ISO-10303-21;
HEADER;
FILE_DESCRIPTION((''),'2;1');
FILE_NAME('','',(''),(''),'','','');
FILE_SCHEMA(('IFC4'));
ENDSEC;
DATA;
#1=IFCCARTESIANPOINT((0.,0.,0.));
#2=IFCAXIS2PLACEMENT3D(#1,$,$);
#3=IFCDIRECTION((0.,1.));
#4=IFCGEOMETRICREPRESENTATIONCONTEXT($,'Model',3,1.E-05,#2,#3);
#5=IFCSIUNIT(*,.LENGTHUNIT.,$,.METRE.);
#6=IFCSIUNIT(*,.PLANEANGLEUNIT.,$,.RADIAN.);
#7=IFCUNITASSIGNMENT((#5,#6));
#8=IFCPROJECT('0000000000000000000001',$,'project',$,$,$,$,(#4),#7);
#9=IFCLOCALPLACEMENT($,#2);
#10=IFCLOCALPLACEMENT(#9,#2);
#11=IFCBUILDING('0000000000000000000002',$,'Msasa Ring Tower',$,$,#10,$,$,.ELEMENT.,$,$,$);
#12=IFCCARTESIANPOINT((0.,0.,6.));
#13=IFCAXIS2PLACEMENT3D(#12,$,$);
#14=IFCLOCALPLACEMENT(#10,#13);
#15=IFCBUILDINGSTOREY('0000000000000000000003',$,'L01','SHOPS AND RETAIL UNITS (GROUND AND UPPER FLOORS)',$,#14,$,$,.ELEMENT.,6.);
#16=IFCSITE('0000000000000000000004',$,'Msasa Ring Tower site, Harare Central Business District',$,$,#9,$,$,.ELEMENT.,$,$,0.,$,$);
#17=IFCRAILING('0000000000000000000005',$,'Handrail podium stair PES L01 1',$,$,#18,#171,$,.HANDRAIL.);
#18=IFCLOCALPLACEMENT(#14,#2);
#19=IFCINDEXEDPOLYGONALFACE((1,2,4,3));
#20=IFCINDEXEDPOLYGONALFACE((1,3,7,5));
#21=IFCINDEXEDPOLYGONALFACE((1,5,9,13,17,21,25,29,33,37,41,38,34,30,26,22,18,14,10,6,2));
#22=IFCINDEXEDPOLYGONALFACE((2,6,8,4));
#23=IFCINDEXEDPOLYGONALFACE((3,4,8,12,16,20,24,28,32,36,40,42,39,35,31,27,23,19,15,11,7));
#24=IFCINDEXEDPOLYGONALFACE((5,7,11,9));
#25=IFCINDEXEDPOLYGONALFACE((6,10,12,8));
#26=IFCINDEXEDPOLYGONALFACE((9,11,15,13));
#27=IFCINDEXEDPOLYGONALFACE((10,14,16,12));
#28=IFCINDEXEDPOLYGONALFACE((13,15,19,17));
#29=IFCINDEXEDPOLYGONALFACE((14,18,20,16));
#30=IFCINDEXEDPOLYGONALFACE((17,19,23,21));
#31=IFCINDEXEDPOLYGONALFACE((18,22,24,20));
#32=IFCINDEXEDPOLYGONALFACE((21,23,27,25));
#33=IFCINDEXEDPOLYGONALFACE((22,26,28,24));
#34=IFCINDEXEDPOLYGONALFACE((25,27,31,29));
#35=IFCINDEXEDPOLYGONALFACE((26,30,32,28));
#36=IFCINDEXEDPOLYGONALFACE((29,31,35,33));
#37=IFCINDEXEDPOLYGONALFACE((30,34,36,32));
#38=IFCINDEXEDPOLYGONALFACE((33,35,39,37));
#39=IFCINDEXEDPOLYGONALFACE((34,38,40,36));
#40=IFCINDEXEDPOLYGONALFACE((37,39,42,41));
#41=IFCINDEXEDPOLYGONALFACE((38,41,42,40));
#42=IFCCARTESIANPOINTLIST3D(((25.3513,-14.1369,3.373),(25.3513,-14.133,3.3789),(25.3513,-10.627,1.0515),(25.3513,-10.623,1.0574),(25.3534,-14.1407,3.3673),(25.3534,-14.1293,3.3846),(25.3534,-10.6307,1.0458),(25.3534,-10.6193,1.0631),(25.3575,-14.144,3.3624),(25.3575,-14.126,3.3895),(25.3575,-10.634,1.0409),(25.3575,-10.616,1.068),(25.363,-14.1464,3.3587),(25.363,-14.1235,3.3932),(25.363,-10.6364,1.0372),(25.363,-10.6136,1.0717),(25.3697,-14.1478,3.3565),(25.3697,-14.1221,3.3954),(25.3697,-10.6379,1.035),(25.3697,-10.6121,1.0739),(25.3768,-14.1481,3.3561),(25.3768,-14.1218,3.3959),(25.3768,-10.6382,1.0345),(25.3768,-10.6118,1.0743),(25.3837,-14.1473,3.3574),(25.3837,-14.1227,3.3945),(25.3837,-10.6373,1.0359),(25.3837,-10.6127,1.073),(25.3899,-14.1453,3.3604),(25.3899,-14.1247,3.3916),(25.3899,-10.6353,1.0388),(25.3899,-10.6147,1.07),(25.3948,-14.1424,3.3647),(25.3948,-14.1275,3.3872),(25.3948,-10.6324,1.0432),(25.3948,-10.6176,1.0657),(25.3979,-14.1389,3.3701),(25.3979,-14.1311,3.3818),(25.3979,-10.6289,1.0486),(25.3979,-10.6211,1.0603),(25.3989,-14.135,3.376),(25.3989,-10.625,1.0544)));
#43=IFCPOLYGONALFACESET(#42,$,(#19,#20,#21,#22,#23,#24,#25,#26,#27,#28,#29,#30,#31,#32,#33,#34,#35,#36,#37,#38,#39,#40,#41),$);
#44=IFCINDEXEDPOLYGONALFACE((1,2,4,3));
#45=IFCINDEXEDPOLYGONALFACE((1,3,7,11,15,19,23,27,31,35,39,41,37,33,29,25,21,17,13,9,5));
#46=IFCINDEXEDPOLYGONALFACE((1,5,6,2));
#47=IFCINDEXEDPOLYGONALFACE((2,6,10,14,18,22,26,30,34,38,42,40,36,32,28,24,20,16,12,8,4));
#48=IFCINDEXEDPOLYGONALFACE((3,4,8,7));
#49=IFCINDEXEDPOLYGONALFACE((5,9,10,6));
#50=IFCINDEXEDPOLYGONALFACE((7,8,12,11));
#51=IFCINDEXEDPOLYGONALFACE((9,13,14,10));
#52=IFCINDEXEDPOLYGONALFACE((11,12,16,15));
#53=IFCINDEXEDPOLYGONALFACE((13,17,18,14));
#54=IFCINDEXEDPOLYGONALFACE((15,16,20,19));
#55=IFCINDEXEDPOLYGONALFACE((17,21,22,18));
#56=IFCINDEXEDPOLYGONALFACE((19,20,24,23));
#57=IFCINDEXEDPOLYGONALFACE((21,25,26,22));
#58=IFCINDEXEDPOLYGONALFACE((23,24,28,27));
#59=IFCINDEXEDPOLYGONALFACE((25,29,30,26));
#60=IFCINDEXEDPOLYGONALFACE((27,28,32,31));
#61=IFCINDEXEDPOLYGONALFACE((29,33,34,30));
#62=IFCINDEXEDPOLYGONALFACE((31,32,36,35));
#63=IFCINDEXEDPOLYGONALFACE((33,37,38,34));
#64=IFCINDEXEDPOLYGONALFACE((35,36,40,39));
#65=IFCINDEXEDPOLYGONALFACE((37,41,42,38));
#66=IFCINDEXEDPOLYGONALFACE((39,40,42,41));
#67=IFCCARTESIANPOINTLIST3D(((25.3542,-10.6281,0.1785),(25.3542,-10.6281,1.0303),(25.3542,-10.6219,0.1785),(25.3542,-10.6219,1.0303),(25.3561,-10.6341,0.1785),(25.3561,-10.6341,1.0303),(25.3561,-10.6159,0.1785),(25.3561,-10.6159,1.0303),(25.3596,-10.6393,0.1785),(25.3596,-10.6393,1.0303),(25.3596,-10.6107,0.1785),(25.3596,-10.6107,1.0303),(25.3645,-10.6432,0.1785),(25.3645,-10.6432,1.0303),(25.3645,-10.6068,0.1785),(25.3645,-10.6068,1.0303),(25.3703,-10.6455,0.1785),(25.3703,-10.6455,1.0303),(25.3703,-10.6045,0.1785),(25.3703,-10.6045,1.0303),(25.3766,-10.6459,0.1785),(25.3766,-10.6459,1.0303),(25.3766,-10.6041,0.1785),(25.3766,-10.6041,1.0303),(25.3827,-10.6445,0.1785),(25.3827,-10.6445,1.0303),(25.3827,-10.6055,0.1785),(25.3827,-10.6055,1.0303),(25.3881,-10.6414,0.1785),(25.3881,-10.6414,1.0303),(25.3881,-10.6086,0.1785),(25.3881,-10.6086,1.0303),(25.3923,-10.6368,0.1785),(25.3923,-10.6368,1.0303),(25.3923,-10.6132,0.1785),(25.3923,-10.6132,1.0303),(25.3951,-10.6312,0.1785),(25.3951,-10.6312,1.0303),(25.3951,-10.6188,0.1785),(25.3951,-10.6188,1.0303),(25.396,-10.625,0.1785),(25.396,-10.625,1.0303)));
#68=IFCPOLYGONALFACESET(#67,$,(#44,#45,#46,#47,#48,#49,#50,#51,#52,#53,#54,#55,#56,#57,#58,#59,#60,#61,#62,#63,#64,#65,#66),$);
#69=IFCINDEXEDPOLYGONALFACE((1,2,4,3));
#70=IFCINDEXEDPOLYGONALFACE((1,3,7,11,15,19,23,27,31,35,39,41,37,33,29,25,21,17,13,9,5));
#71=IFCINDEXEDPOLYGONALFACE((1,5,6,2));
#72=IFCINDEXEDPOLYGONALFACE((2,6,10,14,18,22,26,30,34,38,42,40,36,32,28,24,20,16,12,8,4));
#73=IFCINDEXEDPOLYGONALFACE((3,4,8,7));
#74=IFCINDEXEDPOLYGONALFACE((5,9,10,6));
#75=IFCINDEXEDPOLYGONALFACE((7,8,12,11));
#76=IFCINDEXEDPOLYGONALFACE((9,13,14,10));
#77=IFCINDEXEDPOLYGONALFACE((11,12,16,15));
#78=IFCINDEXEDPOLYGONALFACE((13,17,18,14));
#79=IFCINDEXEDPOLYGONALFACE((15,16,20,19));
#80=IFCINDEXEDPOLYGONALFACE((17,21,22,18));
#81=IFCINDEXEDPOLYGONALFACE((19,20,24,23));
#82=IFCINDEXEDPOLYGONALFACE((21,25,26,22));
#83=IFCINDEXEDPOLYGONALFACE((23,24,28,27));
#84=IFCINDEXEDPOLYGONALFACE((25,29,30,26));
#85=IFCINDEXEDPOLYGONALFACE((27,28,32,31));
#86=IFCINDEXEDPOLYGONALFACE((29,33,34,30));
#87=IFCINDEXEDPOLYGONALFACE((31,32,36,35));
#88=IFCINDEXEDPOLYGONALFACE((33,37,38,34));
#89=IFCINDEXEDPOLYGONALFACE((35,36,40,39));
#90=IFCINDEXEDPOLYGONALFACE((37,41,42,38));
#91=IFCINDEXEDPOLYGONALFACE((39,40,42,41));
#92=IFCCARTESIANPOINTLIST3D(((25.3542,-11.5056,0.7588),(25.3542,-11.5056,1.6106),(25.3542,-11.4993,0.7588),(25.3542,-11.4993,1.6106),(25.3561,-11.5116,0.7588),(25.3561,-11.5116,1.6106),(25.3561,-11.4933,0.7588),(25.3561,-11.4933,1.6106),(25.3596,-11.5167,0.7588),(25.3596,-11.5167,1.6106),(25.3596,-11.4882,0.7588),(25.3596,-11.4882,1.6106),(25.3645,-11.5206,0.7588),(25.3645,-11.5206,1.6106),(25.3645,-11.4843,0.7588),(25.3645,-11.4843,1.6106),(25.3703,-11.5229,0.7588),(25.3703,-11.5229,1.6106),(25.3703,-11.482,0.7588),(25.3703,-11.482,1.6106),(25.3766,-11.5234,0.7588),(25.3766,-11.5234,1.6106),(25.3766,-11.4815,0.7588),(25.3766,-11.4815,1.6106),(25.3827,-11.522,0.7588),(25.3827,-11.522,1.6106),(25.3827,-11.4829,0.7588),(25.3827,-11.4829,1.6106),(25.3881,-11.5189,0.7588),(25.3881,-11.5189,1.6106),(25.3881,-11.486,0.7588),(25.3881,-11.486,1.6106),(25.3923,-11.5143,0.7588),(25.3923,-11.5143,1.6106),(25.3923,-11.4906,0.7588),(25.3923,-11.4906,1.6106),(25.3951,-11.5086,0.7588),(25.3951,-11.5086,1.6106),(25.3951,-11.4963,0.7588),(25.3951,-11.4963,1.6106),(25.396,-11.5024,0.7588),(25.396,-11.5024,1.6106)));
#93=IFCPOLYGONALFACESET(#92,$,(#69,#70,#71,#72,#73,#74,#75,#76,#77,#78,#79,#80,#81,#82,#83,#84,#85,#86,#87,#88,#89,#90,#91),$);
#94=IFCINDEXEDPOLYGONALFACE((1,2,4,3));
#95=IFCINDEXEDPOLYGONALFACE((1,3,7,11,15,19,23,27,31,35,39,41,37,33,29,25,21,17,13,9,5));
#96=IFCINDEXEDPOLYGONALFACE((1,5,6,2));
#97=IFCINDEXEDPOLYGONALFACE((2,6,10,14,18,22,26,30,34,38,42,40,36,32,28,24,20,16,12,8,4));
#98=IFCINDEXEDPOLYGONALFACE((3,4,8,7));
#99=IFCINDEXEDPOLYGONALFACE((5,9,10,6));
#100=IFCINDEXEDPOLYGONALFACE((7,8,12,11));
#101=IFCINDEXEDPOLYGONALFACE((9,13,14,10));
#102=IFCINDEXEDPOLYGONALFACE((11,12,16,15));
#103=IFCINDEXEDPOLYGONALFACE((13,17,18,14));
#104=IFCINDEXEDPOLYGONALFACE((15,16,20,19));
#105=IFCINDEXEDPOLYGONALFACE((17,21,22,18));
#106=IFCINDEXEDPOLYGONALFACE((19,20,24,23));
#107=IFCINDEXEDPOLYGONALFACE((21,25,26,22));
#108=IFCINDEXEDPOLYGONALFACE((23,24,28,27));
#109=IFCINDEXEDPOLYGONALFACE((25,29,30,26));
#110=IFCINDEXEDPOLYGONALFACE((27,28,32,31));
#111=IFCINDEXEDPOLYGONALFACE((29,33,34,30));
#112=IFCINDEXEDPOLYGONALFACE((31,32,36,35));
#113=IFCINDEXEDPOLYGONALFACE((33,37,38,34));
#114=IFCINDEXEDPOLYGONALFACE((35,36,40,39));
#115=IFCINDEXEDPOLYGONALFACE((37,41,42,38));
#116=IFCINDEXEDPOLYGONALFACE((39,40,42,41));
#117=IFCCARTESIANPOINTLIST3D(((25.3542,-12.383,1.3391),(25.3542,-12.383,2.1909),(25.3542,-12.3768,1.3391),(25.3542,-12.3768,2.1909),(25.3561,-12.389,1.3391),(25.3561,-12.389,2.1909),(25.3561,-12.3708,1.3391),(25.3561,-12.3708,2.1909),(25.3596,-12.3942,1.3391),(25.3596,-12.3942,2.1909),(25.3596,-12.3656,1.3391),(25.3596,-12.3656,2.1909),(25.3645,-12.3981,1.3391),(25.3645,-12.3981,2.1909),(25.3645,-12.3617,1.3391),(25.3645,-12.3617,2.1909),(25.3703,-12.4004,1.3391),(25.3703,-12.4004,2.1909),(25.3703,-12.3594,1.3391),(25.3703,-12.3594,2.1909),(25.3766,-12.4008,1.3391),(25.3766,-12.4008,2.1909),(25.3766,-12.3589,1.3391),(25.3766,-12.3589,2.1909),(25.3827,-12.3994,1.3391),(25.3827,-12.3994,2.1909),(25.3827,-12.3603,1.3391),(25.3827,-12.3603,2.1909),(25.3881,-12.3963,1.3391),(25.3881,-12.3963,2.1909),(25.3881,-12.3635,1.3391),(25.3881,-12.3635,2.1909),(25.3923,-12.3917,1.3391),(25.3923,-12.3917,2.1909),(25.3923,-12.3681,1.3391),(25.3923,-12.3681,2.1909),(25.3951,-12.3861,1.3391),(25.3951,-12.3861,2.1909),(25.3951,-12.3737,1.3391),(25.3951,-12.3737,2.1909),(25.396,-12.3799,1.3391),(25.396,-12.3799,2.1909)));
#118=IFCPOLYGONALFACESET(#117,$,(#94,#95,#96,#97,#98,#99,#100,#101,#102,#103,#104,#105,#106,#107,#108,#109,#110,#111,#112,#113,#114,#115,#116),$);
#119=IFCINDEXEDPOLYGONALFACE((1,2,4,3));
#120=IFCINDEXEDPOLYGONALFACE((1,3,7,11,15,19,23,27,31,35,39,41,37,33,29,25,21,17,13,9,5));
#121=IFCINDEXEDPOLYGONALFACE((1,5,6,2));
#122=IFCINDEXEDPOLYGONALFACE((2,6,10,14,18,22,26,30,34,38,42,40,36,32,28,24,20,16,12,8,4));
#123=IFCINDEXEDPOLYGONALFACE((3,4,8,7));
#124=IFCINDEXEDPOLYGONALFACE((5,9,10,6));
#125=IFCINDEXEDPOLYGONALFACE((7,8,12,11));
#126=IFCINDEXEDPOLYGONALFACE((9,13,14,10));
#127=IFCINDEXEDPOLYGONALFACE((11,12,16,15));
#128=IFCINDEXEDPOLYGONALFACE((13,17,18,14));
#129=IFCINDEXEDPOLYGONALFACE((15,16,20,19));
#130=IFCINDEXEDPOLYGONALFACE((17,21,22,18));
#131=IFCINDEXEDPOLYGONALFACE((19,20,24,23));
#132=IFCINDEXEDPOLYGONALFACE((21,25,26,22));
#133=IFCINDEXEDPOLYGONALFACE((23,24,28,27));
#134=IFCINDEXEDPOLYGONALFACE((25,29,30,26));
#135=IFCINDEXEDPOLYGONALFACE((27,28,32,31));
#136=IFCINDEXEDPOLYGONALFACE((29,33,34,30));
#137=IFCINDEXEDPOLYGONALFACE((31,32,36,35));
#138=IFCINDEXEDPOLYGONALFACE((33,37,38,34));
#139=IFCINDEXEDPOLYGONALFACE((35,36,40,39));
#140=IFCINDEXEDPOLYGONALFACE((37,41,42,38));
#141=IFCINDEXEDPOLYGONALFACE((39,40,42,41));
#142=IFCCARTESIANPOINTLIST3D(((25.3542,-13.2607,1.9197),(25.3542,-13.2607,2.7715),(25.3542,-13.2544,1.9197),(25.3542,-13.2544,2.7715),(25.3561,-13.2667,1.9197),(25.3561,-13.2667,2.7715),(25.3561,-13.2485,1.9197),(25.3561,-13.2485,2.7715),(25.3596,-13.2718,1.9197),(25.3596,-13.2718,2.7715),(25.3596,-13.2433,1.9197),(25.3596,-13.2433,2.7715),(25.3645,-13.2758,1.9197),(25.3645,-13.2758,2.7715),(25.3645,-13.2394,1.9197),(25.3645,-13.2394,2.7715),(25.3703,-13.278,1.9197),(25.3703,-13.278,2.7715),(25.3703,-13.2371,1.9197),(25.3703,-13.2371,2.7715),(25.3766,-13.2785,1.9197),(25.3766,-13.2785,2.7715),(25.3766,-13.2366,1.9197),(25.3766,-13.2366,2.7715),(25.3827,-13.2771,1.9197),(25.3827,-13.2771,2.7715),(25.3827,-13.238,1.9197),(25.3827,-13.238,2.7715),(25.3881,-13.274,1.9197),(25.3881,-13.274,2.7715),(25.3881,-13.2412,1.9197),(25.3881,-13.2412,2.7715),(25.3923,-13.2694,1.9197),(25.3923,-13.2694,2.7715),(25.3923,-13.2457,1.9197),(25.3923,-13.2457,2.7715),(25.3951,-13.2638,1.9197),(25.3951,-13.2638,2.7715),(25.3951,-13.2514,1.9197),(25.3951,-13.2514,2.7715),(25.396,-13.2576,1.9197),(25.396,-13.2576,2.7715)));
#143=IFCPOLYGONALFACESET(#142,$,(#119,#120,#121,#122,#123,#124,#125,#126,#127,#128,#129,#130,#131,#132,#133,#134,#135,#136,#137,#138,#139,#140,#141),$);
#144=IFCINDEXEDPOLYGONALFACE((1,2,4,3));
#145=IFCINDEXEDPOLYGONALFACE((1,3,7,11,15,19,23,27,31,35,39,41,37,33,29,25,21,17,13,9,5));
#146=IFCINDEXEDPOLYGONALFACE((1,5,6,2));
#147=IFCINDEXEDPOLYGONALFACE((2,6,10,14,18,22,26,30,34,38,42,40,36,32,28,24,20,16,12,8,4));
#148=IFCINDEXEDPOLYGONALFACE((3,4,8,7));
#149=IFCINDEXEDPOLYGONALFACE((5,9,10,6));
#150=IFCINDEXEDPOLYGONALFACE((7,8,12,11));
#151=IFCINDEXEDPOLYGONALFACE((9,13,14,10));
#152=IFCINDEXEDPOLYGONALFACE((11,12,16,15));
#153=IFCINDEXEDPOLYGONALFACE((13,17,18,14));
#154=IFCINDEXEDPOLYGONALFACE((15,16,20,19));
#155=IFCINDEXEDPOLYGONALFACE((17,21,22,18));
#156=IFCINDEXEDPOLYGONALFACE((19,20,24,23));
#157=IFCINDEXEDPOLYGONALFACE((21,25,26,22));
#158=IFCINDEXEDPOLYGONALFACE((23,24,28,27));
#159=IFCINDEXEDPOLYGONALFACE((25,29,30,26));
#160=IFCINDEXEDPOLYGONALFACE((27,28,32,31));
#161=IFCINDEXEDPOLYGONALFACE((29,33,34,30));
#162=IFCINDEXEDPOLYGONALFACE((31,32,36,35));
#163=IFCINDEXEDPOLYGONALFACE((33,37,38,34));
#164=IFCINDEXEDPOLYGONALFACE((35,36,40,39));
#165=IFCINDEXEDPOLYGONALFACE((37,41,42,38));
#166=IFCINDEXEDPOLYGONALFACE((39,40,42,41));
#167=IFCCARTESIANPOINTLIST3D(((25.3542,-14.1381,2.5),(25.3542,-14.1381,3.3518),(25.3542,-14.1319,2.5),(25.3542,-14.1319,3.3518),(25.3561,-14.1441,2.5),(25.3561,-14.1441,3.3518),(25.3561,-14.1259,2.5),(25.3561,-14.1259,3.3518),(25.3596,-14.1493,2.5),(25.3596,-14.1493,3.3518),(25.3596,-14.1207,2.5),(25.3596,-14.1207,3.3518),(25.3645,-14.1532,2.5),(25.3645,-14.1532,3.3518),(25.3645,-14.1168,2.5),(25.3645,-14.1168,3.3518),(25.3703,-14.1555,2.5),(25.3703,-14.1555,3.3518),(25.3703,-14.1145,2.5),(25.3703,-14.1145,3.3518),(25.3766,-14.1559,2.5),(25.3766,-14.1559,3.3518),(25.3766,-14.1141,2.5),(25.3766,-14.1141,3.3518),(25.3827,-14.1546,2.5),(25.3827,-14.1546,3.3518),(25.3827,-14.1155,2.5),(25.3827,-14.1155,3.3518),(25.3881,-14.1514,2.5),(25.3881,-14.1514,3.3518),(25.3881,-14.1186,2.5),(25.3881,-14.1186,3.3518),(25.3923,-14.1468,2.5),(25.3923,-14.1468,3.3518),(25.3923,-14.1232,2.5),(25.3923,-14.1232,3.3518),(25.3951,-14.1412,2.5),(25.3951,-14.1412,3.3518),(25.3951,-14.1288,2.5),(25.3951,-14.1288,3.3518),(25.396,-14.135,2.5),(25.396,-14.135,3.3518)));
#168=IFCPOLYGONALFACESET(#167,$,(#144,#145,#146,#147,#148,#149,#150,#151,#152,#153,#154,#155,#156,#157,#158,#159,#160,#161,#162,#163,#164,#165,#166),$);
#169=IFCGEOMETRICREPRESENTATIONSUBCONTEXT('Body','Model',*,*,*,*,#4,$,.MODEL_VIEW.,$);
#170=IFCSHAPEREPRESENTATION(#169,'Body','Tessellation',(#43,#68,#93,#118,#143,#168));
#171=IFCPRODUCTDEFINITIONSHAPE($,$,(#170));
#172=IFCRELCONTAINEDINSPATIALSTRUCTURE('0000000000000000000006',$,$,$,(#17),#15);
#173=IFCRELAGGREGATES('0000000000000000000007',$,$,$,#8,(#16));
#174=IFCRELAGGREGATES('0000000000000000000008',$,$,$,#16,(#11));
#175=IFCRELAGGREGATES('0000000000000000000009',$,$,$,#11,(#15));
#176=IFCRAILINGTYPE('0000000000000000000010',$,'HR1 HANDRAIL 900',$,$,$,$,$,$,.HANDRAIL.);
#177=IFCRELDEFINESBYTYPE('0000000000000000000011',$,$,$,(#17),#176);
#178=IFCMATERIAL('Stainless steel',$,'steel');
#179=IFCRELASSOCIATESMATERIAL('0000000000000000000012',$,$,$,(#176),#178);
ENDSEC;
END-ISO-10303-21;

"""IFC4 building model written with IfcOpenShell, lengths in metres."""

from ifc_helpers import new_model, si_unit, direction, frame, origin, origin_2d, place, context, subcontext, project, spatial, circle, extrude, material, type_object, element, save


model = new_model("IFC4")

# Units and contexts
model_context = context("Model", 3, precision=1e-05, world=origin(), true_north=direction((0.0, 1.0)))
body_context = subcontext(model_context, "Body", "Model", "MODEL_VIEW")
ifc_project = project(units=[si_unit("LENGTHUNIT", "METRE"), si_unit("PLANEANGLEUNIT", "RADIAN")], contexts=[model_context])

# Site, building, storey
site_placement = place(None, origin())
site = spatial("IfcSite", under=ifc_project, at=site_placement, Name="Msasa Ring Tower site, Harare Central Business District", CompositionType="ELEMENT", RefElevation=0.0)
building_placement = place(site_placement, origin())
building = spatial("IfcBuilding", under=site, at=building_placement, Name="Msasa Ring Tower", CompositionType="ELEMENT")
storey_placement = place(building_placement, frame((0.0, 0.0, 6.0)))
storey = spatial("IfcBuildingStorey", under=building, at=storey_placement, Name="L01", Description="SHOPS AND RETAIL UNITS (GROUND AND UPPER FLOORS)", CompositionType="ELEMENT", Elevation=6.0)

# Railing
ifc_material_1 = material(Name="Stainless steel", Category="steel")
railing_type = type_object("IfcRailingType", Name="HR1 HANDRAIL 900", PredefinedType="HANDRAIL", material=ifc_material_1)
for number, where, name in (
    (1, (25.375, -10.625, 0.1785), "Handrail podium stair PES L01 1"),
):
    element("IfcRailing", number, at=place(storey_placement, frame(where)), inside=storey, type_object=railing_type, Name=name, PredefinedType="HANDRAIL", context=body_context, shape_type="SweptSolid", body=[
        extrude(circle(Radius=0.0239, at=origin_2d()), frame((0.0, 0.0, 0.876), z_axis=(0.0, -0.834071, 0.551657), x_axis=(1.0, 0.0, 0.0)), (0.0, 0.0, 1.0), 4.2083),
        extrude(circle(Radius=0.021, at=origin_2d()), origin(), (0.0, 0.0, 1.0), 0.8518),
        extrude(circle(Radius=0.021, at=origin_2d()), frame((0.0, -0.8774, 0.5803)), (0.0, 0.0, 1.0), 0.8518),
        extrude(circle(Radius=0.021, at=origin_2d()), frame((0.0, -1.7549, 1.1606)), (0.0, 0.0, 1.0), 0.8518),
        extrude(circle(Radius=0.021, at=origin_2d()), frame((0.0, -2.6326, 1.7412)), (0.0, 0.0, 1.0), 0.8518),
        extrude(circle(Radius=0.021, at=origin_2d()), frame((0.0, -3.51, 2.3215)), (0.0, 0.0, 1.0), 0.8518),
    ])

save(model, "model.ifc")
